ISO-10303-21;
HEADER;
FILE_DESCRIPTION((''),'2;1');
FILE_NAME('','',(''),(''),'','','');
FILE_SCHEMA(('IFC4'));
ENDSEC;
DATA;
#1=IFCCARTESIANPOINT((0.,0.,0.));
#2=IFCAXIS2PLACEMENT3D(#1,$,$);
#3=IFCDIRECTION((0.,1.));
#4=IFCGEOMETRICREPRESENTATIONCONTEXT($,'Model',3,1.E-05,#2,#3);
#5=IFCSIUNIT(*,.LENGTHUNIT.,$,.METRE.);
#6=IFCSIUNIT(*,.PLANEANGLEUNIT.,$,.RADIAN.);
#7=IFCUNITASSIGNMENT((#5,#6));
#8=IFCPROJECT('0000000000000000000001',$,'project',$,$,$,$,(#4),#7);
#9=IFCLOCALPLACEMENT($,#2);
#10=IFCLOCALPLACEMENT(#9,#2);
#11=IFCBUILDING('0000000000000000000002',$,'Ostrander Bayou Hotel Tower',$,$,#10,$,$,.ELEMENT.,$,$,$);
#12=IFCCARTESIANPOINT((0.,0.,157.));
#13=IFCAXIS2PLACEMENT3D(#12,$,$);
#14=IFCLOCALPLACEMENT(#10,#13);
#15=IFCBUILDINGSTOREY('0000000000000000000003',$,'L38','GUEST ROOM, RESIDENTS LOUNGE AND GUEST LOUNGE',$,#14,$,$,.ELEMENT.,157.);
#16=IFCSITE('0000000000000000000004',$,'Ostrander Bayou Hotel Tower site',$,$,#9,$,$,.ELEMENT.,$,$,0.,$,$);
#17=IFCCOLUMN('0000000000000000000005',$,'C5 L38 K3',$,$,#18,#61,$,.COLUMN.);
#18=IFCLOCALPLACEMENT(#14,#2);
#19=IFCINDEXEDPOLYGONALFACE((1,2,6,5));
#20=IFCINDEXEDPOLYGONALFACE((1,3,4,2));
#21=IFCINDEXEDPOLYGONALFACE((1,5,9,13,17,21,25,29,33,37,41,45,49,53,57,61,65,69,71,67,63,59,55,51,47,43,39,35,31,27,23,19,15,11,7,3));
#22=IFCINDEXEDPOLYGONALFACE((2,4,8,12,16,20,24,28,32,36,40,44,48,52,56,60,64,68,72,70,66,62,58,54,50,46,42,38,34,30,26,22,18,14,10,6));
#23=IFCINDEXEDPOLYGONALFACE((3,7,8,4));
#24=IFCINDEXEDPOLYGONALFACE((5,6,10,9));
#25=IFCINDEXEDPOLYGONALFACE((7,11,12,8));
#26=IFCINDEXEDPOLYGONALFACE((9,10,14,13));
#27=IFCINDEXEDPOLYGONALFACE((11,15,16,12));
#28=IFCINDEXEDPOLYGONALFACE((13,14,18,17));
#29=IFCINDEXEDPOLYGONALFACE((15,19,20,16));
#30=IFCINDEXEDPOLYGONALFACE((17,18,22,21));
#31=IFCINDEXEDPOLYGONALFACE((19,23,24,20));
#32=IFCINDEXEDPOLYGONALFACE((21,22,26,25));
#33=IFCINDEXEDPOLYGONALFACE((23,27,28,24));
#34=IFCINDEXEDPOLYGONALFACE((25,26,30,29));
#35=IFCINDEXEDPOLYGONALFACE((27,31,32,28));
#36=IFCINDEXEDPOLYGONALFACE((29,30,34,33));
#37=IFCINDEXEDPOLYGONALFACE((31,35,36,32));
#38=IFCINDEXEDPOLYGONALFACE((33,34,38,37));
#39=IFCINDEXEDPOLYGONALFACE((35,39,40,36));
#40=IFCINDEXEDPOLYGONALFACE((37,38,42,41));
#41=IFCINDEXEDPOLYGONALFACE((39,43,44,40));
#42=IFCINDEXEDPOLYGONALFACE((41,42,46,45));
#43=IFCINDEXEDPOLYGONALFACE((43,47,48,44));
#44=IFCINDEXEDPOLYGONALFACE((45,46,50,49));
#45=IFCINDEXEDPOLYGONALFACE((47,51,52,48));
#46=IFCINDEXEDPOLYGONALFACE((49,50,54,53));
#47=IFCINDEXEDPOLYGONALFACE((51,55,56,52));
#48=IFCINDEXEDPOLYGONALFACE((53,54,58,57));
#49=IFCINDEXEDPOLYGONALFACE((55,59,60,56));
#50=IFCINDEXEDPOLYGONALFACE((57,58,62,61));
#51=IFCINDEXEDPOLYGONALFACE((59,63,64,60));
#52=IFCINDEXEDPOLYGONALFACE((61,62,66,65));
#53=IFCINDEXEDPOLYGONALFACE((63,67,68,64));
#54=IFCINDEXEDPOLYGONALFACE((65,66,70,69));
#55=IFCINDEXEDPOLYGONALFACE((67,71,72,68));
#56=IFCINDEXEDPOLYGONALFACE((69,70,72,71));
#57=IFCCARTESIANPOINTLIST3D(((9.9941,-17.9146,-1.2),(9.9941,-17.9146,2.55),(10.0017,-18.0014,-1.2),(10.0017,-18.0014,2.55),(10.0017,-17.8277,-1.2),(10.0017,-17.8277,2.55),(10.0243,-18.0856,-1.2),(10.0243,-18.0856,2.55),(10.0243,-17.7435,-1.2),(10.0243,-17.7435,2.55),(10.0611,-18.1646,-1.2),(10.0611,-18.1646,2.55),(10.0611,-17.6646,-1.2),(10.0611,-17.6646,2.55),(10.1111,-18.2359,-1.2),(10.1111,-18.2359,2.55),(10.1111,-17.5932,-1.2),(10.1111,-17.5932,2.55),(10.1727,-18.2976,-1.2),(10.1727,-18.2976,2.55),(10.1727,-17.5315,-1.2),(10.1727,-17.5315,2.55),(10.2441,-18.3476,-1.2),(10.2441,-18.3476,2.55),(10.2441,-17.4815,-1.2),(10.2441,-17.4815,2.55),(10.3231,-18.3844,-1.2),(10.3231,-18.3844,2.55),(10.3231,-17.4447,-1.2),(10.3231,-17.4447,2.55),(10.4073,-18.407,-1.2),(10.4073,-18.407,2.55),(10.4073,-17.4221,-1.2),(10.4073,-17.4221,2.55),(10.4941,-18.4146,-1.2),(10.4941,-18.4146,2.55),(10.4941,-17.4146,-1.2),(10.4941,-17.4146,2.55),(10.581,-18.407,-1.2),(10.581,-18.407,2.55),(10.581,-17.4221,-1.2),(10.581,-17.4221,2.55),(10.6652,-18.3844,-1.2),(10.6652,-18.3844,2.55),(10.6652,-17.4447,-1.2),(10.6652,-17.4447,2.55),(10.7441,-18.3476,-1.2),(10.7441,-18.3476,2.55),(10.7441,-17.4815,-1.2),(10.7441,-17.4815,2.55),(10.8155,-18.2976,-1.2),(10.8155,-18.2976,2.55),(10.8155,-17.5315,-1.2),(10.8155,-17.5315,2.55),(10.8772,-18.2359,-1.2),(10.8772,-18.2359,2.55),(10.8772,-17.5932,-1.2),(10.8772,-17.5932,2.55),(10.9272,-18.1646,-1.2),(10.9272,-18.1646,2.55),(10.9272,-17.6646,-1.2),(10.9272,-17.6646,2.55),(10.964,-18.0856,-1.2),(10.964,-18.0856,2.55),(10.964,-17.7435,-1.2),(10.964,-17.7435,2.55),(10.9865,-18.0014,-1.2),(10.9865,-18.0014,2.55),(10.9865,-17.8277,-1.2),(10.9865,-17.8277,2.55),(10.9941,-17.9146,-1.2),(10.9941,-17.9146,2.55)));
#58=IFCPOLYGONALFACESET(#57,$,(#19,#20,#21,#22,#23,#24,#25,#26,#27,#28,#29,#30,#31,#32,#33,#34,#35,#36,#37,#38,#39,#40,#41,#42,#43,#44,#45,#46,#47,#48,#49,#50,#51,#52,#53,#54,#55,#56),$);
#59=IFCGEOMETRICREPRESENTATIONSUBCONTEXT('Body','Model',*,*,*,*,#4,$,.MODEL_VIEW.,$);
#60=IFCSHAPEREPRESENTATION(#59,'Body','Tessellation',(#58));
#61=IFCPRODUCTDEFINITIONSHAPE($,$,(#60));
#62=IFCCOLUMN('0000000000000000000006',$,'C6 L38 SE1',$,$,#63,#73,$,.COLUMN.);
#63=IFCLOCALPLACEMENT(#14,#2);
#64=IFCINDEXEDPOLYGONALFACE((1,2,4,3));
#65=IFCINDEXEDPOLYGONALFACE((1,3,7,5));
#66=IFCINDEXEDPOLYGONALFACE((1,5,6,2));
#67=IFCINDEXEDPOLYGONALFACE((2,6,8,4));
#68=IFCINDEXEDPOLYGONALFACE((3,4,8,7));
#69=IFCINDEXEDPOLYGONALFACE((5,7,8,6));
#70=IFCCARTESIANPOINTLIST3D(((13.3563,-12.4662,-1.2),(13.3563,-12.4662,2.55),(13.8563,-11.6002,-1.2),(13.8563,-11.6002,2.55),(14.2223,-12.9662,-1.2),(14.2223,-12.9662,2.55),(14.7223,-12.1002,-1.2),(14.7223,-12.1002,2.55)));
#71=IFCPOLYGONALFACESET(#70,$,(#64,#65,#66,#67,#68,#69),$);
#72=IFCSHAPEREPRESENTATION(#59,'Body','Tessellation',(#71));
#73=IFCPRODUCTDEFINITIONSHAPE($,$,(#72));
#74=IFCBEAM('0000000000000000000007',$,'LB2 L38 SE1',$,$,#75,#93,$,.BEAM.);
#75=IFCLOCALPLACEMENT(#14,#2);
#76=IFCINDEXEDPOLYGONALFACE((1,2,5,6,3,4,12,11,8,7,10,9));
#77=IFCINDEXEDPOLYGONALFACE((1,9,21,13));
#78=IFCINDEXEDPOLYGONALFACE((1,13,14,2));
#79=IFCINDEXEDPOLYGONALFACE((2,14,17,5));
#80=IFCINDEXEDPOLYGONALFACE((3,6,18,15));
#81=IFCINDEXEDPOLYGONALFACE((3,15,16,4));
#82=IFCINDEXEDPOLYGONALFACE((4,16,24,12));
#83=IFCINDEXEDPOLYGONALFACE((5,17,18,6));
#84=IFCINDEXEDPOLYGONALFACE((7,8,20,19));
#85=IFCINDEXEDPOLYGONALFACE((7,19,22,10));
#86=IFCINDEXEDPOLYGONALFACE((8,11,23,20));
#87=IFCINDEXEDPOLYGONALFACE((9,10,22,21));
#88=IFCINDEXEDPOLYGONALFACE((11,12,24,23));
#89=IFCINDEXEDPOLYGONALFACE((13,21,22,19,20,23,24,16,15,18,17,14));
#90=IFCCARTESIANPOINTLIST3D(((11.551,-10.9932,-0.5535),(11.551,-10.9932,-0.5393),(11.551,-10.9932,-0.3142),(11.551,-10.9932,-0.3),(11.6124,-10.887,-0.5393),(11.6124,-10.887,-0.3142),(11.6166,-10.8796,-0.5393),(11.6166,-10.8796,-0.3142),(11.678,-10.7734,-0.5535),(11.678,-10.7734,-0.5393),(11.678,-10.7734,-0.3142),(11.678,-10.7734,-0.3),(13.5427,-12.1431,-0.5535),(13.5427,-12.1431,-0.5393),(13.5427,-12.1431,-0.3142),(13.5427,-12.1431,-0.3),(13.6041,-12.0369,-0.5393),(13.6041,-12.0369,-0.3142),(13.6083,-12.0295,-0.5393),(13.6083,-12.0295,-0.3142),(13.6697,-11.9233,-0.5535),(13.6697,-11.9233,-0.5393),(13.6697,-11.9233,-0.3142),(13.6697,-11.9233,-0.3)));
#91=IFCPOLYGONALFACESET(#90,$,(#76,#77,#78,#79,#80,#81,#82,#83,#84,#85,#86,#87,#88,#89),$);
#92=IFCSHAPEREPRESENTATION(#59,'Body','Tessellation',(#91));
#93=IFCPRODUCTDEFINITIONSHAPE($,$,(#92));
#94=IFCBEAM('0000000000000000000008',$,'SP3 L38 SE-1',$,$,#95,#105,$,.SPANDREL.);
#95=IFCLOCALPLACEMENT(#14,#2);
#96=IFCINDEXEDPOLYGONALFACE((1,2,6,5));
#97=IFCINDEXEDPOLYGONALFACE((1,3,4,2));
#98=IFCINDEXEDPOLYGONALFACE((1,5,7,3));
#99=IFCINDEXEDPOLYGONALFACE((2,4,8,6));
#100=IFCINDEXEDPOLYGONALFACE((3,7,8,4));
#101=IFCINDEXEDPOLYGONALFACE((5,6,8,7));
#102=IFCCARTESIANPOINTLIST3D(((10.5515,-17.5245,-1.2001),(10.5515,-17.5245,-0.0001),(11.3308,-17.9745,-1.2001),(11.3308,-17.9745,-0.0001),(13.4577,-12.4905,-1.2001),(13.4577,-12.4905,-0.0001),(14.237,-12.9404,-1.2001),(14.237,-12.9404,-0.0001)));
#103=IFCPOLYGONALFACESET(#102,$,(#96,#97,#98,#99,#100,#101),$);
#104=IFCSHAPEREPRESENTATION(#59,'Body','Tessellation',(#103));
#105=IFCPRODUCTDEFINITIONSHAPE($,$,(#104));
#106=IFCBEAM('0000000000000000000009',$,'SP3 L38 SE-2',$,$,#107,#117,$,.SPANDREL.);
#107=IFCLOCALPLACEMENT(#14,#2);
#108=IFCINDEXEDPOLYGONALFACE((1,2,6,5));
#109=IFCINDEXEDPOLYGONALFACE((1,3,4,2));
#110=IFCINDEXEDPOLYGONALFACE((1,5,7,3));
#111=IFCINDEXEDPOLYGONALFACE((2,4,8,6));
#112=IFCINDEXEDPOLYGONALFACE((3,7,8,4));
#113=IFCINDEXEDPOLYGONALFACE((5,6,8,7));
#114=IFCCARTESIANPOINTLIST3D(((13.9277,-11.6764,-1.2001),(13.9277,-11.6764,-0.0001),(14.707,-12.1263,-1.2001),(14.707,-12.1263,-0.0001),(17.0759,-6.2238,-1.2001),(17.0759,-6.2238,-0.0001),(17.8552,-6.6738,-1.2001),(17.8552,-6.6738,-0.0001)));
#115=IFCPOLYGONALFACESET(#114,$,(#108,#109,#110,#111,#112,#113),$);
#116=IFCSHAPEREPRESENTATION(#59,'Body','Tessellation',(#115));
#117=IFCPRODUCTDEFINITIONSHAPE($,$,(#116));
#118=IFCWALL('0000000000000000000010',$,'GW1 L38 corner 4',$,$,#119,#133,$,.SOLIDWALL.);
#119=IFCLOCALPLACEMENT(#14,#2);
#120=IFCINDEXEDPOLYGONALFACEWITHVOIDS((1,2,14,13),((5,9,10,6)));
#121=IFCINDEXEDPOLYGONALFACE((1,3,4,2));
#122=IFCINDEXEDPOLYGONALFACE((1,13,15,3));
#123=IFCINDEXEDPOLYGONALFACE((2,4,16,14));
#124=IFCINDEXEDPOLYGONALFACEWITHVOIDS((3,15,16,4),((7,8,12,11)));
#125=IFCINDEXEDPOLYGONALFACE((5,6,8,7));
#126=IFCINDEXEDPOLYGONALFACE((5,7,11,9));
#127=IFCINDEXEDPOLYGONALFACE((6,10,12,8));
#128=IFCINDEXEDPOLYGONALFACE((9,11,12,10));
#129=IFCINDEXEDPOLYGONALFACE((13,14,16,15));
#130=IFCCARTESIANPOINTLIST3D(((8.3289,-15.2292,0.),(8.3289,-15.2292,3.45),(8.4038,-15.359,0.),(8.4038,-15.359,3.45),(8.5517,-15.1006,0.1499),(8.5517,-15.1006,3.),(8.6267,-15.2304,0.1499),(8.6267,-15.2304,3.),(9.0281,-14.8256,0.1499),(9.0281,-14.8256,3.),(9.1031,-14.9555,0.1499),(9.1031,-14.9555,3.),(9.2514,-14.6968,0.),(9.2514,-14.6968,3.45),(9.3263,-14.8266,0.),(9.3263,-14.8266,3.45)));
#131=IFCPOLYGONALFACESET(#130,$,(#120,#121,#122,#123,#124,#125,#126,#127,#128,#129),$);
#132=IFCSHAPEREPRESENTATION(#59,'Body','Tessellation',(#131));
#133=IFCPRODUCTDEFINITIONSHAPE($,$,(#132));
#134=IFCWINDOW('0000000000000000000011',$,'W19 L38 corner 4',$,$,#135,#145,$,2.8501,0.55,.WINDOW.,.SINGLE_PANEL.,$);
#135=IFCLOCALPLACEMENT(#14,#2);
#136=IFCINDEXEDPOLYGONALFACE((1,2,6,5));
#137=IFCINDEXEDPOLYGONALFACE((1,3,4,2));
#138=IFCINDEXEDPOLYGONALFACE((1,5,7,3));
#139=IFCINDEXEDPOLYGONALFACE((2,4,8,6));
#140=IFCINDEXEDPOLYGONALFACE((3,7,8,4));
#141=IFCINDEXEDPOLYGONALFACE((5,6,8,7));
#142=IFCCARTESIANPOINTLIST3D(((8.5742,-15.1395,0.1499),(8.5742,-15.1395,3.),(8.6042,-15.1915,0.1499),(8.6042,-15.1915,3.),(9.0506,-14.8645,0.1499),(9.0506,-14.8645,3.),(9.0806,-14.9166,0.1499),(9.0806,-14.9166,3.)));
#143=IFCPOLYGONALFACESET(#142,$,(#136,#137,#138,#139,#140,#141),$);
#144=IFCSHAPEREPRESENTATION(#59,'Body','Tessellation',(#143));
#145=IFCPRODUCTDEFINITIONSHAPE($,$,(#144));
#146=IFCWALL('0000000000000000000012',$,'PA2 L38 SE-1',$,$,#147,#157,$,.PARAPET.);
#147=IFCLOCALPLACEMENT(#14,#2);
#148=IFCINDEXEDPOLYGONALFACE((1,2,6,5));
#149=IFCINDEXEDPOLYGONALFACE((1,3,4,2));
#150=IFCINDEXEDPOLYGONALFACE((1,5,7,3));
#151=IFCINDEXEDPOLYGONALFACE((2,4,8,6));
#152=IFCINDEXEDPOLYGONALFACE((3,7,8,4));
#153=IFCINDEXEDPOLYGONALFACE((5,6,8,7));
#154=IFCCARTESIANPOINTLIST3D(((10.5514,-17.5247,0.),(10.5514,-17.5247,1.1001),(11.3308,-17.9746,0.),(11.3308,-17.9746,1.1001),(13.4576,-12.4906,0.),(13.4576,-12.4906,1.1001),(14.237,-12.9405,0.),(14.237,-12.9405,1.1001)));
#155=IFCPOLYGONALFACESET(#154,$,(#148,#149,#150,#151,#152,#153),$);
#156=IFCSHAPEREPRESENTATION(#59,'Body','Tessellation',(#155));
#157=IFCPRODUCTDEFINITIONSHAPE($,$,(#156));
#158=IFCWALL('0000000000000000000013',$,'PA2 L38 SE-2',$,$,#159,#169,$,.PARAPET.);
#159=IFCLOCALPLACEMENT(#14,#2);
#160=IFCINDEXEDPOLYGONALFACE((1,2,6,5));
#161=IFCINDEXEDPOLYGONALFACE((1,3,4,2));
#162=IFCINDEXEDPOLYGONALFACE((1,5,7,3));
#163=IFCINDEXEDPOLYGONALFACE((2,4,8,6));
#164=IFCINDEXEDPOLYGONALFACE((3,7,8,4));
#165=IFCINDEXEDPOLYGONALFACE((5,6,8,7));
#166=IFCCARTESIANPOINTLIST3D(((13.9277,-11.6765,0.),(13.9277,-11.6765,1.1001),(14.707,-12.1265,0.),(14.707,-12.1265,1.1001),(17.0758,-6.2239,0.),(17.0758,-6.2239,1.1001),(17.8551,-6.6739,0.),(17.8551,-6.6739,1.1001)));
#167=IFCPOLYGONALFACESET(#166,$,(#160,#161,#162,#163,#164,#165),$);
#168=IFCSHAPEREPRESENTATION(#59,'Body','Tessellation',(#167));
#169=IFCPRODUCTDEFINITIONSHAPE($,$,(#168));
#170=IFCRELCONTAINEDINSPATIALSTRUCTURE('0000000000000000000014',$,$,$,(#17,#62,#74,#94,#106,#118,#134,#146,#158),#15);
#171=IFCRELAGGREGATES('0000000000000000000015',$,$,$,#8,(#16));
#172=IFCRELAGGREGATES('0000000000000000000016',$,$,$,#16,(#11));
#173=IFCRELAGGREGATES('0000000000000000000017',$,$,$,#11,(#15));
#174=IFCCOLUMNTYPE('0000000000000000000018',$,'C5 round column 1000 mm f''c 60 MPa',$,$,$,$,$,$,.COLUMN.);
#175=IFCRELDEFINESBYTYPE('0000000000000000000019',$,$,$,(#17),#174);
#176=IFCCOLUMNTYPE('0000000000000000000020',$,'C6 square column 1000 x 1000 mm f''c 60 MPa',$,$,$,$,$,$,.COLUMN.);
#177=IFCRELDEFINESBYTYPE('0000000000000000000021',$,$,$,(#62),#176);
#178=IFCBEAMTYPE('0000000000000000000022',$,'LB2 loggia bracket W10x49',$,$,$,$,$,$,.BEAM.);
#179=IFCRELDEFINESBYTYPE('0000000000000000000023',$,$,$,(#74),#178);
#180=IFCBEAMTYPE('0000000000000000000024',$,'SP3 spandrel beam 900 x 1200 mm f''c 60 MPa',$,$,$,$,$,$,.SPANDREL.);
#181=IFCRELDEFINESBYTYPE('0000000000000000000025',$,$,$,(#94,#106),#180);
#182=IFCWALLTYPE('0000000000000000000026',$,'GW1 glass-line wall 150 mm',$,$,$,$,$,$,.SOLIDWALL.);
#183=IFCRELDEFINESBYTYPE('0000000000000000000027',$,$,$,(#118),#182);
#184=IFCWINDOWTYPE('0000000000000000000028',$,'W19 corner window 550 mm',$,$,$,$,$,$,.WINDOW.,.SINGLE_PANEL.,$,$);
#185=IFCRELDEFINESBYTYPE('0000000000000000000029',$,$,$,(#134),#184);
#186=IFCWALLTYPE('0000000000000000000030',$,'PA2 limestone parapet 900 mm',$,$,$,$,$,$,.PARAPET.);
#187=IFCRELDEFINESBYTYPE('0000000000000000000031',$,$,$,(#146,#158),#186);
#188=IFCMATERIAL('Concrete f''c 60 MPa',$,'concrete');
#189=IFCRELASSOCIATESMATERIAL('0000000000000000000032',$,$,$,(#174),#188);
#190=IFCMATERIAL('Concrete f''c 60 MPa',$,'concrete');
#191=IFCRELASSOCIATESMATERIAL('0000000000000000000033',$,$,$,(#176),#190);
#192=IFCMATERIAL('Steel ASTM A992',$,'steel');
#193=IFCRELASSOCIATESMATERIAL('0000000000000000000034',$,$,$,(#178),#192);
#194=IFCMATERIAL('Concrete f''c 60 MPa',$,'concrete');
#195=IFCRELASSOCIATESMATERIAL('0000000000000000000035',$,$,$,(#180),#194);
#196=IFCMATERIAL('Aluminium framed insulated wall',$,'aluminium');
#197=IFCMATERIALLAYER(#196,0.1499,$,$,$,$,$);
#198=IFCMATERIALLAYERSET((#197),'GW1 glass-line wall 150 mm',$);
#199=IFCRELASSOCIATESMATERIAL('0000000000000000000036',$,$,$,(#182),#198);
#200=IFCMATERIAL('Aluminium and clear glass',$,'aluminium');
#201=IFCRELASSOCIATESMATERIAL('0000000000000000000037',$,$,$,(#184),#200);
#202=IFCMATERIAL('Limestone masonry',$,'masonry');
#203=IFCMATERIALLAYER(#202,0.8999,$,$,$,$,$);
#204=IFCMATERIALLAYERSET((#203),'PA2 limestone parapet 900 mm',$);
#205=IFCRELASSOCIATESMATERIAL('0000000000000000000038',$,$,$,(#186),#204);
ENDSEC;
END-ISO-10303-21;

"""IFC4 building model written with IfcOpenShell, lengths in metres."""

from ifc_helpers import new_model, si_unit, direction, frame, frame_2d, origin, origin_2d, place, context, subcontext, project, spatial, rectangle, circle, i_section, extrude, material, layer, layer_set, material_profile, profile_set, type_object, element, fill, save


model = new_model("IFC4")

# Units and contexts
model_context = context("Model", 3, precision=1e-05, world=origin(), true_north=direction((0.0, 1.0)))
body_context = subcontext(model_context, "Body", "Model", "MODEL_VIEW")
ifc_project = project(units=[si_unit("LENGTHUNIT", "METRE"), si_unit("PLANEANGLEUNIT", "RADIAN")], contexts=[model_context])

# Site, building, storey
site_placement = place(None, origin())
site = spatial("IfcSite", under=ifc_project, at=site_placement, Name="Ostrander Bayou Hotel Tower site", CompositionType="ELEMENT", RefElevation=0.0)
building_placement = place(site_placement, origin())
building = spatial("IfcBuilding", under=site, at=building_placement, Name="Ostrander Bayou Hotel Tower", CompositionType="ELEMENT")
storey_placement = place(building_placement, frame((0.0, 0.0, 157.0)))
storey = spatial("IfcBuildingStorey", under=building, at=storey_placement, Name="L38", Description="GUEST ROOM, RESIDENTS LOUNGE AND GUEST LOUNGE", CompositionType="ELEMENT", Elevation=157.0)

# Columns
ifc_material_1 = material(Name="Concrete f'c 60 MPa", Category="concrete")
ifc_material_profile_1 = material_profile(ifc_material_1, circle(Radius=0.5, at=origin_2d()))
ifc_profile_set_1 = profile_set([ifc_material_profile_1], Name="Concrete f'c 60 MPa")
column_type_1 = type_object("IfcColumnType", Name="C5 round column 1000 mm f'c 60 MPa", PredefinedType="COLUMN", material=ifc_profile_set_1)
column_1_placement = place(storey_placement, frame((10.4941, -17.9146, -1.2), z_axis=(0.0, 0.0, 1.0), x_axis=(1.0, 0.0, 0.0)))
element("IfcColumn", 1, at=column_1_placement, inside=storey, type_object=column_type_1, Name="C5 L38 K3", PredefinedType="COLUMN", context=body_context, shape_type="SweptSolid", body=[
    extrude(circle(Radius=0.5, at=origin_2d()), origin(), (0.0, 0.0, 1.0), 3.75),
])
ifc_material_2 = material(Name="Concrete f'c 60 MPa", Category="concrete")
ifc_material_profile_2 = material_profile(ifc_material_2, rectangle(XDim=1.0, YDim=1.0, at=origin_2d()))
ifc_profile_set_2 = profile_set([ifc_material_profile_2], Name="Concrete f'c 60 MPa")
column_type_2 = type_object("IfcColumnType", Name="C6 square column 1000 x 1000 mm f'c 60 MPa", PredefinedType="COLUMN", material=ifc_profile_set_2)
column_2_placement = place(storey_placement, frame((14.0393, -12.2832, -1.2), z_axis=(0.0, 0.0, 1.0), x_axis=(-0.5, -0.866025, 0.0)))
element("IfcColumn", 2, at=column_2_placement, inside=storey, type_object=column_type_2, Name="C6 L38 SE1", PredefinedType="COLUMN", context=body_context, shape_type="SweptSolid", body=[
    extrude(rectangle(XDim=1.0, YDim=1.0, at=origin_2d()), origin(), (0.0, 0.0, 1.0), 3.75),
])

# Beams
ifc_material_3 = material(Name="Steel ASTM A992", Category="steel")
ifc_material_profile_3 = material_profile(ifc_material_3, i_section(OverallWidth=0.2539, OverallDepth=0.2534, WebThickness=0.0085, FlangeThickness=0.0142, at=origin_2d()))
ifc_profile_set_3 = profile_set([ifc_material_profile_3], Name="Steel ASTM A992")
beam_type_1 = type_object("IfcBeamType", Name="LB2 loggia bracket W10x49", PredefinedType="BEAM", material=ifc_profile_set_3)
beam_1_placement = place(storey_placement, frame((13.6062, -12.0332, -0.4268), z_axis=(-0.866026, 0.499998, 0.0), x_axis=(-0.499998, -0.866026, 0.0)))
element("IfcBeam", 3, at=beam_1_placement, inside=storey, type_object=beam_type_1, Name="LB2 L38 SE1", PredefinedType="BEAM", context=body_context, shape_type="SweptSolid", body=[
    extrude(i_section(OverallWidth=0.2539, OverallDepth=0.2534, WebThickness=0.0085, FlangeThickness=0.0142, at=origin_2d()), origin(), (0.0, 0.0, 1.0), 2.2998),
])
ifc_material_4 = material(Name="Concrete f'c 60 MPa", Category="concrete")
ifc_material_profile_4 = material_profile(ifc_material_4, rectangle(XDim=0.8999, YDim=1.2, at=origin_2d()))
ifc_profile_set_4 = profile_set([ifc_material_profile_4], Name="Concrete f'c 60 MPa")
beam_type_2 = type_object("IfcBeamType", Name="SP3 spandrel beam 900 x 1200 mm f'c 60 MPa", PredefinedType="SPANDREL", material=ifc_profile_set_4)
beam_2_placement = place(storey_placement, frame((10.9412, -17.7495, -0.6001), z_axis=(0.49997, 0.866043, 0.0), x_axis=(-0.866043, 0.49997, 0.0)))
element("IfcBeam", 4, at=beam_2_placement, inside=storey, type_object=beam_type_2, Name="SP3 L38 SE-1", PredefinedType="SPANDREL", context=body_context, shape_type="SweptSolid", body=[
    extrude(rectangle(XDim=0.8999, YDim=1.2, at=origin_2d()), origin(), (0.0, 0.0, 1.0), 5.8127),
])
beam_3_placement = place(storey_placement, frame((14.3174, -11.9014, -0.6001), z_axis=(0.500013, 0.866018, 0.0), x_axis=(-0.866018, 0.500013, 0.0)))
element("IfcBeam", 5, at=beam_3_placement, inside=storey, type_object=beam_type_2, Name="SP3 L38 SE-2", PredefinedType="SPANDREL", context=body_context, shape_type="SweptSolid", body=[
    extrude(rectangle(XDim=0.8999, YDim=1.2, at=origin_2d()), origin(), (0.0, 0.0, 1.0), 6.2961),
])

# Shared definitions
ifc_material_5 = material(Name="Aluminium framed insulated wall", Category="aluminium")
ifc_layer_1 = layer(ifc_material_5, 0.1499)
ifc_layer_set_1 = layer_set([ifc_layer_1], Name="GW1 glass-line wall 150 mm")
wall_type_1 = type_object("IfcWallType", Name="GW1 glass-line wall 150 mm", PredefinedType="SOLIDWALL", material=ifc_layer_set_1)

# Wall, opening, window
wall_1_placement = place(storey_placement, frame((8.3662, -15.2942, 0.0), z_axis=(0.0, 0.0, 1.0), x_axis=(0.866105, 0.499861, 0.0)))
wall_1 = element("IfcWall", 6, at=wall_1_placement, inside=storey, type_object=wall_type_1, Name="GW1 L38 corner 4", PredefinedType="SOLIDWALL", context=body_context, shape_type="SweptSolid", body=[
    extrude(rectangle(XDim=1.0652, YDim=0.1499, at=frame_2d((0.5327, 0.0))), origin(), (0.0, 0.0, 1.0), 3.45),
])
opening_1_placement = place(wall_1_placement, frame((0.2576, 0.0, 0.1499)))
opening_1 = element("IfcOpeningElement", 7, at=opening_1_placement, cuts=wall_1, PredefinedType="OPENING", context=body_context, shape_type="SweptSolid", body=[
    extrude(rectangle(XDim=0.55, YDim=2.8501, at=frame_2d((0.2749, 1.425))), frame((0.0, 0.075, 0.0), z_axis=(0.0, -1.0, 0.0), x_axis=(1.0, 0.0, 0.0)), (0.0, 0.0, 1.0), 0.1499),
])
ifc_material_6 = material(Name="Aluminium and clear glass", Category="aluminium")
window_type_1 = type_object("IfcWindowType", Name="W19 corner window 550 mm", PartitioningType="SINGLE_PANEL", PredefinedType="WINDOW", material=ifc_material_6)
window_1_placement = place(opening_1_placement, origin())
window_1 = element("IfcWindow", 8, at=window_1_placement, inside=storey, type_object=window_type_1, Name="W19 L38 corner 4", OverallHeight=2.8501, OverallWidth=0.55, PartitioningType="SINGLE_PANEL", PredefinedType="WINDOW", context=body_context, shape_type="SweptSolid", body=[
    extrude(rectangle(XDim=0.55, YDim=2.8501, at=frame_2d((0.2749, 1.425))), frame((0.0, 0.03, 0.0), z_axis=(0.0, -1.0, 0.0), x_axis=(1.0, 0.0, 0.0)), (0.0, 0.0, 1.0), 0.0601),
])
fill(opening_1, window_1)

# Walls
ifc_material_7 = material(Name="Limestone masonry", Category="masonry")
ifc_layer_2 = layer(ifc_material_7, 0.8999)
ifc_layer_set_2 = layer_set([ifc_layer_2], Name="PA2 limestone parapet 900 mm")
wall_type_2 = type_object("IfcWallType", Name="PA2 limestone parapet 900 mm", PredefinedType="PARAPET", material=ifc_layer_set_2)
wall_2_placement = place(storey_placement, frame((10.9412, -17.7495, 0.0), z_axis=(0.0, 0.0, 1.0), x_axis=(0.49997, 0.866043, 0.0)))
element("IfcWall", 9, at=wall_2_placement, inside=storey, type_object=wall_type_2, Name="PA2 L38 SE-1", PredefinedType="PARAPET", context=body_context, shape_type="SweptSolid", body=[
    extrude(rectangle(XDim=5.8127, YDim=0.8999, at=frame_2d((2.9062, 0.0))), origin(), (0.0, 0.0, 1.0), 1.1001),
])
wall_3_placement = place(storey_placement, frame((14.3174, -11.9014, 0.0), z_axis=(0.0, 0.0, 1.0), x_axis=(0.500013, 0.866018, 0.0)))
element("IfcWall", 10, at=wall_3_placement, inside=storey, type_object=wall_type_2, Name="PA2 L38 SE-2", PredefinedType="PARAPET", context=body_context, shape_type="SweptSolid", body=[
    extrude(rectangle(XDim=6.2961, YDim=0.8999, at=frame_2d((3.1479, 0.0))), origin(), (0.0, 0.0, 1.0), 1.1001),
])

save(model, "model.ifc")
